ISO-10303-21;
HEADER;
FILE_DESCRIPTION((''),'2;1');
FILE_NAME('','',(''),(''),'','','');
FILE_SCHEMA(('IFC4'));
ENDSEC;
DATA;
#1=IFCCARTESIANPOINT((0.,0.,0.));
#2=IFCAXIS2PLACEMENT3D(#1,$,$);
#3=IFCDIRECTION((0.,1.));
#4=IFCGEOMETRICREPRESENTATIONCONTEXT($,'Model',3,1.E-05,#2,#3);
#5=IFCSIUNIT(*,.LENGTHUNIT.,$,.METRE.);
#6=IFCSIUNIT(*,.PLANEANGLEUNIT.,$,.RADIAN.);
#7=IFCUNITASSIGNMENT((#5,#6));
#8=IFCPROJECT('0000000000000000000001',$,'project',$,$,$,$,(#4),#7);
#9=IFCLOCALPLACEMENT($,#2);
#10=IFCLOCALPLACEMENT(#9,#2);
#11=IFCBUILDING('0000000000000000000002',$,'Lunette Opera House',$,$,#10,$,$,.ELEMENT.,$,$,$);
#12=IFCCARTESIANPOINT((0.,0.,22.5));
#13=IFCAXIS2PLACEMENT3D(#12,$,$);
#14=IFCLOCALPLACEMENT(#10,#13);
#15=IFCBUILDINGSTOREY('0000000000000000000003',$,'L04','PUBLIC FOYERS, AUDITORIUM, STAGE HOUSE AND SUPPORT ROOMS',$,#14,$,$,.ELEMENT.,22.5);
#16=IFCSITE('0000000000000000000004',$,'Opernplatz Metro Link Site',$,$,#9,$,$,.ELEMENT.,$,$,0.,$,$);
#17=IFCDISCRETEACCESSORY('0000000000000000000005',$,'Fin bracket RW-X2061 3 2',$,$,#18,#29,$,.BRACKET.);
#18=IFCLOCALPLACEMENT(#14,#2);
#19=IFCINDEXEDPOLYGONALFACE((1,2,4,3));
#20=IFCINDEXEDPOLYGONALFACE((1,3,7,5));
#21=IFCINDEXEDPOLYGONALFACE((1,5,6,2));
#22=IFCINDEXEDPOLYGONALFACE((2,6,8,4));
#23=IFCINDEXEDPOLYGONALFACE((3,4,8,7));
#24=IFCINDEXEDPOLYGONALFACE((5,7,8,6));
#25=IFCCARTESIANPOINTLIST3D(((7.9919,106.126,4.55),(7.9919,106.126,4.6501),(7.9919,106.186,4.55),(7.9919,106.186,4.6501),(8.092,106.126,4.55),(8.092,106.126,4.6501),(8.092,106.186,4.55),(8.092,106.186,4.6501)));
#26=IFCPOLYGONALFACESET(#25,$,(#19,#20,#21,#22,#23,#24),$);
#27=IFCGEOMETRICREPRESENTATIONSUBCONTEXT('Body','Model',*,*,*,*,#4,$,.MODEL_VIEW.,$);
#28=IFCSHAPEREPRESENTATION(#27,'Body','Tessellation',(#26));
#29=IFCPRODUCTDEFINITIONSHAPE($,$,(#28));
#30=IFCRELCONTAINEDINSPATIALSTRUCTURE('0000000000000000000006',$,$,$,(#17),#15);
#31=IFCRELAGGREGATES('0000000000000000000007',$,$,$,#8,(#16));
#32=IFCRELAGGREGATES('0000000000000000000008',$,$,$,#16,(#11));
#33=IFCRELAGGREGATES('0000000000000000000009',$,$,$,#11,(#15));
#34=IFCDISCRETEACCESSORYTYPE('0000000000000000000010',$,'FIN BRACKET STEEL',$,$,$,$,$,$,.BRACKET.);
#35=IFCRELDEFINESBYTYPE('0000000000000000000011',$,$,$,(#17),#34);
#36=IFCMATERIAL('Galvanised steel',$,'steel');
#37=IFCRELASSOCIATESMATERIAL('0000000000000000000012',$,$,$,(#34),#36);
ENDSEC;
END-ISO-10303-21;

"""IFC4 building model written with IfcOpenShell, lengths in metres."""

from ifc_helpers import new_model, si_unit, direction, frame, origin, origin_2d, place, context, subcontext, project, spatial, rectangle, extrude, material, type_object, element, save


model = new_model("IFC4")

# Units and contexts
model_context = context("Model", 3, precision=1e-05, world=origin(), true_north=direction((0.0, 1.0)))
body_context = subcontext(model_context, "Body", "Model", "MODEL_VIEW")
ifc_project = project(units=[si_unit("LENGTHUNIT", "METRE"), si_unit("PLANEANGLEUNIT", "RADIAN")], contexts=[model_context])

# Site, building, storey
site_placement = place(None, origin())
site = spatial("IfcSite", under=ifc_project, at=site_placement, Name="Opernplatz Metro Link Site", CompositionType="ELEMENT", RefElevation=0.0)
building_placement = place(site_placement, origin())
building = spatial("IfcBuilding", under=site, at=building_placement, Name="Lunette Opera House", CompositionType="ELEMENT")
storey_placement = place(building_placement, frame((0.0, 0.0, 22.5)))
storey = spatial("IfcBuildingStorey", under=building, at=storey_placement, Name="L04", Description="PUBLIC FOYERS, AUDITORIUM, STAGE HOUSE AND SUPPORT ROOMS", CompositionType="ELEMENT", Elevation=22.5)

# Discrete accessory
ifc_material_1 = material(Name="Galvanised steel", Category="steel")
discrete_accessory_type = type_object("IfcDiscreteAccessoryType", Name="FIN BRACKET STEEL", PredefinedType="BRACKET", material=ifc_material_1)
for number, where, z_axis, x_axis, name in (
    (1, (8.042, 106.156, 4.55), (0.0, 0.0, 1.0), (-1.0, 0.0, 0.0), "Fin bracket RW-X2061 3 2"),
):
    element("IfcDiscreteAccessory", number, at=place(storey_placement, frame(where, z_axis=z_axis, x_axis=x_axis)), inside=storey, type_object=discrete_accessory_type, Name=name, PredefinedType="BRACKET", context=body_context, shape_type="SweptSolid", body=[
        extrude(rectangle(XDim=0.1001, YDim=0.0601, at=origin_2d()), origin(), (0.0, 0.0, 1.0), 0.1001),
    ])

save(model, "model.ifc")
